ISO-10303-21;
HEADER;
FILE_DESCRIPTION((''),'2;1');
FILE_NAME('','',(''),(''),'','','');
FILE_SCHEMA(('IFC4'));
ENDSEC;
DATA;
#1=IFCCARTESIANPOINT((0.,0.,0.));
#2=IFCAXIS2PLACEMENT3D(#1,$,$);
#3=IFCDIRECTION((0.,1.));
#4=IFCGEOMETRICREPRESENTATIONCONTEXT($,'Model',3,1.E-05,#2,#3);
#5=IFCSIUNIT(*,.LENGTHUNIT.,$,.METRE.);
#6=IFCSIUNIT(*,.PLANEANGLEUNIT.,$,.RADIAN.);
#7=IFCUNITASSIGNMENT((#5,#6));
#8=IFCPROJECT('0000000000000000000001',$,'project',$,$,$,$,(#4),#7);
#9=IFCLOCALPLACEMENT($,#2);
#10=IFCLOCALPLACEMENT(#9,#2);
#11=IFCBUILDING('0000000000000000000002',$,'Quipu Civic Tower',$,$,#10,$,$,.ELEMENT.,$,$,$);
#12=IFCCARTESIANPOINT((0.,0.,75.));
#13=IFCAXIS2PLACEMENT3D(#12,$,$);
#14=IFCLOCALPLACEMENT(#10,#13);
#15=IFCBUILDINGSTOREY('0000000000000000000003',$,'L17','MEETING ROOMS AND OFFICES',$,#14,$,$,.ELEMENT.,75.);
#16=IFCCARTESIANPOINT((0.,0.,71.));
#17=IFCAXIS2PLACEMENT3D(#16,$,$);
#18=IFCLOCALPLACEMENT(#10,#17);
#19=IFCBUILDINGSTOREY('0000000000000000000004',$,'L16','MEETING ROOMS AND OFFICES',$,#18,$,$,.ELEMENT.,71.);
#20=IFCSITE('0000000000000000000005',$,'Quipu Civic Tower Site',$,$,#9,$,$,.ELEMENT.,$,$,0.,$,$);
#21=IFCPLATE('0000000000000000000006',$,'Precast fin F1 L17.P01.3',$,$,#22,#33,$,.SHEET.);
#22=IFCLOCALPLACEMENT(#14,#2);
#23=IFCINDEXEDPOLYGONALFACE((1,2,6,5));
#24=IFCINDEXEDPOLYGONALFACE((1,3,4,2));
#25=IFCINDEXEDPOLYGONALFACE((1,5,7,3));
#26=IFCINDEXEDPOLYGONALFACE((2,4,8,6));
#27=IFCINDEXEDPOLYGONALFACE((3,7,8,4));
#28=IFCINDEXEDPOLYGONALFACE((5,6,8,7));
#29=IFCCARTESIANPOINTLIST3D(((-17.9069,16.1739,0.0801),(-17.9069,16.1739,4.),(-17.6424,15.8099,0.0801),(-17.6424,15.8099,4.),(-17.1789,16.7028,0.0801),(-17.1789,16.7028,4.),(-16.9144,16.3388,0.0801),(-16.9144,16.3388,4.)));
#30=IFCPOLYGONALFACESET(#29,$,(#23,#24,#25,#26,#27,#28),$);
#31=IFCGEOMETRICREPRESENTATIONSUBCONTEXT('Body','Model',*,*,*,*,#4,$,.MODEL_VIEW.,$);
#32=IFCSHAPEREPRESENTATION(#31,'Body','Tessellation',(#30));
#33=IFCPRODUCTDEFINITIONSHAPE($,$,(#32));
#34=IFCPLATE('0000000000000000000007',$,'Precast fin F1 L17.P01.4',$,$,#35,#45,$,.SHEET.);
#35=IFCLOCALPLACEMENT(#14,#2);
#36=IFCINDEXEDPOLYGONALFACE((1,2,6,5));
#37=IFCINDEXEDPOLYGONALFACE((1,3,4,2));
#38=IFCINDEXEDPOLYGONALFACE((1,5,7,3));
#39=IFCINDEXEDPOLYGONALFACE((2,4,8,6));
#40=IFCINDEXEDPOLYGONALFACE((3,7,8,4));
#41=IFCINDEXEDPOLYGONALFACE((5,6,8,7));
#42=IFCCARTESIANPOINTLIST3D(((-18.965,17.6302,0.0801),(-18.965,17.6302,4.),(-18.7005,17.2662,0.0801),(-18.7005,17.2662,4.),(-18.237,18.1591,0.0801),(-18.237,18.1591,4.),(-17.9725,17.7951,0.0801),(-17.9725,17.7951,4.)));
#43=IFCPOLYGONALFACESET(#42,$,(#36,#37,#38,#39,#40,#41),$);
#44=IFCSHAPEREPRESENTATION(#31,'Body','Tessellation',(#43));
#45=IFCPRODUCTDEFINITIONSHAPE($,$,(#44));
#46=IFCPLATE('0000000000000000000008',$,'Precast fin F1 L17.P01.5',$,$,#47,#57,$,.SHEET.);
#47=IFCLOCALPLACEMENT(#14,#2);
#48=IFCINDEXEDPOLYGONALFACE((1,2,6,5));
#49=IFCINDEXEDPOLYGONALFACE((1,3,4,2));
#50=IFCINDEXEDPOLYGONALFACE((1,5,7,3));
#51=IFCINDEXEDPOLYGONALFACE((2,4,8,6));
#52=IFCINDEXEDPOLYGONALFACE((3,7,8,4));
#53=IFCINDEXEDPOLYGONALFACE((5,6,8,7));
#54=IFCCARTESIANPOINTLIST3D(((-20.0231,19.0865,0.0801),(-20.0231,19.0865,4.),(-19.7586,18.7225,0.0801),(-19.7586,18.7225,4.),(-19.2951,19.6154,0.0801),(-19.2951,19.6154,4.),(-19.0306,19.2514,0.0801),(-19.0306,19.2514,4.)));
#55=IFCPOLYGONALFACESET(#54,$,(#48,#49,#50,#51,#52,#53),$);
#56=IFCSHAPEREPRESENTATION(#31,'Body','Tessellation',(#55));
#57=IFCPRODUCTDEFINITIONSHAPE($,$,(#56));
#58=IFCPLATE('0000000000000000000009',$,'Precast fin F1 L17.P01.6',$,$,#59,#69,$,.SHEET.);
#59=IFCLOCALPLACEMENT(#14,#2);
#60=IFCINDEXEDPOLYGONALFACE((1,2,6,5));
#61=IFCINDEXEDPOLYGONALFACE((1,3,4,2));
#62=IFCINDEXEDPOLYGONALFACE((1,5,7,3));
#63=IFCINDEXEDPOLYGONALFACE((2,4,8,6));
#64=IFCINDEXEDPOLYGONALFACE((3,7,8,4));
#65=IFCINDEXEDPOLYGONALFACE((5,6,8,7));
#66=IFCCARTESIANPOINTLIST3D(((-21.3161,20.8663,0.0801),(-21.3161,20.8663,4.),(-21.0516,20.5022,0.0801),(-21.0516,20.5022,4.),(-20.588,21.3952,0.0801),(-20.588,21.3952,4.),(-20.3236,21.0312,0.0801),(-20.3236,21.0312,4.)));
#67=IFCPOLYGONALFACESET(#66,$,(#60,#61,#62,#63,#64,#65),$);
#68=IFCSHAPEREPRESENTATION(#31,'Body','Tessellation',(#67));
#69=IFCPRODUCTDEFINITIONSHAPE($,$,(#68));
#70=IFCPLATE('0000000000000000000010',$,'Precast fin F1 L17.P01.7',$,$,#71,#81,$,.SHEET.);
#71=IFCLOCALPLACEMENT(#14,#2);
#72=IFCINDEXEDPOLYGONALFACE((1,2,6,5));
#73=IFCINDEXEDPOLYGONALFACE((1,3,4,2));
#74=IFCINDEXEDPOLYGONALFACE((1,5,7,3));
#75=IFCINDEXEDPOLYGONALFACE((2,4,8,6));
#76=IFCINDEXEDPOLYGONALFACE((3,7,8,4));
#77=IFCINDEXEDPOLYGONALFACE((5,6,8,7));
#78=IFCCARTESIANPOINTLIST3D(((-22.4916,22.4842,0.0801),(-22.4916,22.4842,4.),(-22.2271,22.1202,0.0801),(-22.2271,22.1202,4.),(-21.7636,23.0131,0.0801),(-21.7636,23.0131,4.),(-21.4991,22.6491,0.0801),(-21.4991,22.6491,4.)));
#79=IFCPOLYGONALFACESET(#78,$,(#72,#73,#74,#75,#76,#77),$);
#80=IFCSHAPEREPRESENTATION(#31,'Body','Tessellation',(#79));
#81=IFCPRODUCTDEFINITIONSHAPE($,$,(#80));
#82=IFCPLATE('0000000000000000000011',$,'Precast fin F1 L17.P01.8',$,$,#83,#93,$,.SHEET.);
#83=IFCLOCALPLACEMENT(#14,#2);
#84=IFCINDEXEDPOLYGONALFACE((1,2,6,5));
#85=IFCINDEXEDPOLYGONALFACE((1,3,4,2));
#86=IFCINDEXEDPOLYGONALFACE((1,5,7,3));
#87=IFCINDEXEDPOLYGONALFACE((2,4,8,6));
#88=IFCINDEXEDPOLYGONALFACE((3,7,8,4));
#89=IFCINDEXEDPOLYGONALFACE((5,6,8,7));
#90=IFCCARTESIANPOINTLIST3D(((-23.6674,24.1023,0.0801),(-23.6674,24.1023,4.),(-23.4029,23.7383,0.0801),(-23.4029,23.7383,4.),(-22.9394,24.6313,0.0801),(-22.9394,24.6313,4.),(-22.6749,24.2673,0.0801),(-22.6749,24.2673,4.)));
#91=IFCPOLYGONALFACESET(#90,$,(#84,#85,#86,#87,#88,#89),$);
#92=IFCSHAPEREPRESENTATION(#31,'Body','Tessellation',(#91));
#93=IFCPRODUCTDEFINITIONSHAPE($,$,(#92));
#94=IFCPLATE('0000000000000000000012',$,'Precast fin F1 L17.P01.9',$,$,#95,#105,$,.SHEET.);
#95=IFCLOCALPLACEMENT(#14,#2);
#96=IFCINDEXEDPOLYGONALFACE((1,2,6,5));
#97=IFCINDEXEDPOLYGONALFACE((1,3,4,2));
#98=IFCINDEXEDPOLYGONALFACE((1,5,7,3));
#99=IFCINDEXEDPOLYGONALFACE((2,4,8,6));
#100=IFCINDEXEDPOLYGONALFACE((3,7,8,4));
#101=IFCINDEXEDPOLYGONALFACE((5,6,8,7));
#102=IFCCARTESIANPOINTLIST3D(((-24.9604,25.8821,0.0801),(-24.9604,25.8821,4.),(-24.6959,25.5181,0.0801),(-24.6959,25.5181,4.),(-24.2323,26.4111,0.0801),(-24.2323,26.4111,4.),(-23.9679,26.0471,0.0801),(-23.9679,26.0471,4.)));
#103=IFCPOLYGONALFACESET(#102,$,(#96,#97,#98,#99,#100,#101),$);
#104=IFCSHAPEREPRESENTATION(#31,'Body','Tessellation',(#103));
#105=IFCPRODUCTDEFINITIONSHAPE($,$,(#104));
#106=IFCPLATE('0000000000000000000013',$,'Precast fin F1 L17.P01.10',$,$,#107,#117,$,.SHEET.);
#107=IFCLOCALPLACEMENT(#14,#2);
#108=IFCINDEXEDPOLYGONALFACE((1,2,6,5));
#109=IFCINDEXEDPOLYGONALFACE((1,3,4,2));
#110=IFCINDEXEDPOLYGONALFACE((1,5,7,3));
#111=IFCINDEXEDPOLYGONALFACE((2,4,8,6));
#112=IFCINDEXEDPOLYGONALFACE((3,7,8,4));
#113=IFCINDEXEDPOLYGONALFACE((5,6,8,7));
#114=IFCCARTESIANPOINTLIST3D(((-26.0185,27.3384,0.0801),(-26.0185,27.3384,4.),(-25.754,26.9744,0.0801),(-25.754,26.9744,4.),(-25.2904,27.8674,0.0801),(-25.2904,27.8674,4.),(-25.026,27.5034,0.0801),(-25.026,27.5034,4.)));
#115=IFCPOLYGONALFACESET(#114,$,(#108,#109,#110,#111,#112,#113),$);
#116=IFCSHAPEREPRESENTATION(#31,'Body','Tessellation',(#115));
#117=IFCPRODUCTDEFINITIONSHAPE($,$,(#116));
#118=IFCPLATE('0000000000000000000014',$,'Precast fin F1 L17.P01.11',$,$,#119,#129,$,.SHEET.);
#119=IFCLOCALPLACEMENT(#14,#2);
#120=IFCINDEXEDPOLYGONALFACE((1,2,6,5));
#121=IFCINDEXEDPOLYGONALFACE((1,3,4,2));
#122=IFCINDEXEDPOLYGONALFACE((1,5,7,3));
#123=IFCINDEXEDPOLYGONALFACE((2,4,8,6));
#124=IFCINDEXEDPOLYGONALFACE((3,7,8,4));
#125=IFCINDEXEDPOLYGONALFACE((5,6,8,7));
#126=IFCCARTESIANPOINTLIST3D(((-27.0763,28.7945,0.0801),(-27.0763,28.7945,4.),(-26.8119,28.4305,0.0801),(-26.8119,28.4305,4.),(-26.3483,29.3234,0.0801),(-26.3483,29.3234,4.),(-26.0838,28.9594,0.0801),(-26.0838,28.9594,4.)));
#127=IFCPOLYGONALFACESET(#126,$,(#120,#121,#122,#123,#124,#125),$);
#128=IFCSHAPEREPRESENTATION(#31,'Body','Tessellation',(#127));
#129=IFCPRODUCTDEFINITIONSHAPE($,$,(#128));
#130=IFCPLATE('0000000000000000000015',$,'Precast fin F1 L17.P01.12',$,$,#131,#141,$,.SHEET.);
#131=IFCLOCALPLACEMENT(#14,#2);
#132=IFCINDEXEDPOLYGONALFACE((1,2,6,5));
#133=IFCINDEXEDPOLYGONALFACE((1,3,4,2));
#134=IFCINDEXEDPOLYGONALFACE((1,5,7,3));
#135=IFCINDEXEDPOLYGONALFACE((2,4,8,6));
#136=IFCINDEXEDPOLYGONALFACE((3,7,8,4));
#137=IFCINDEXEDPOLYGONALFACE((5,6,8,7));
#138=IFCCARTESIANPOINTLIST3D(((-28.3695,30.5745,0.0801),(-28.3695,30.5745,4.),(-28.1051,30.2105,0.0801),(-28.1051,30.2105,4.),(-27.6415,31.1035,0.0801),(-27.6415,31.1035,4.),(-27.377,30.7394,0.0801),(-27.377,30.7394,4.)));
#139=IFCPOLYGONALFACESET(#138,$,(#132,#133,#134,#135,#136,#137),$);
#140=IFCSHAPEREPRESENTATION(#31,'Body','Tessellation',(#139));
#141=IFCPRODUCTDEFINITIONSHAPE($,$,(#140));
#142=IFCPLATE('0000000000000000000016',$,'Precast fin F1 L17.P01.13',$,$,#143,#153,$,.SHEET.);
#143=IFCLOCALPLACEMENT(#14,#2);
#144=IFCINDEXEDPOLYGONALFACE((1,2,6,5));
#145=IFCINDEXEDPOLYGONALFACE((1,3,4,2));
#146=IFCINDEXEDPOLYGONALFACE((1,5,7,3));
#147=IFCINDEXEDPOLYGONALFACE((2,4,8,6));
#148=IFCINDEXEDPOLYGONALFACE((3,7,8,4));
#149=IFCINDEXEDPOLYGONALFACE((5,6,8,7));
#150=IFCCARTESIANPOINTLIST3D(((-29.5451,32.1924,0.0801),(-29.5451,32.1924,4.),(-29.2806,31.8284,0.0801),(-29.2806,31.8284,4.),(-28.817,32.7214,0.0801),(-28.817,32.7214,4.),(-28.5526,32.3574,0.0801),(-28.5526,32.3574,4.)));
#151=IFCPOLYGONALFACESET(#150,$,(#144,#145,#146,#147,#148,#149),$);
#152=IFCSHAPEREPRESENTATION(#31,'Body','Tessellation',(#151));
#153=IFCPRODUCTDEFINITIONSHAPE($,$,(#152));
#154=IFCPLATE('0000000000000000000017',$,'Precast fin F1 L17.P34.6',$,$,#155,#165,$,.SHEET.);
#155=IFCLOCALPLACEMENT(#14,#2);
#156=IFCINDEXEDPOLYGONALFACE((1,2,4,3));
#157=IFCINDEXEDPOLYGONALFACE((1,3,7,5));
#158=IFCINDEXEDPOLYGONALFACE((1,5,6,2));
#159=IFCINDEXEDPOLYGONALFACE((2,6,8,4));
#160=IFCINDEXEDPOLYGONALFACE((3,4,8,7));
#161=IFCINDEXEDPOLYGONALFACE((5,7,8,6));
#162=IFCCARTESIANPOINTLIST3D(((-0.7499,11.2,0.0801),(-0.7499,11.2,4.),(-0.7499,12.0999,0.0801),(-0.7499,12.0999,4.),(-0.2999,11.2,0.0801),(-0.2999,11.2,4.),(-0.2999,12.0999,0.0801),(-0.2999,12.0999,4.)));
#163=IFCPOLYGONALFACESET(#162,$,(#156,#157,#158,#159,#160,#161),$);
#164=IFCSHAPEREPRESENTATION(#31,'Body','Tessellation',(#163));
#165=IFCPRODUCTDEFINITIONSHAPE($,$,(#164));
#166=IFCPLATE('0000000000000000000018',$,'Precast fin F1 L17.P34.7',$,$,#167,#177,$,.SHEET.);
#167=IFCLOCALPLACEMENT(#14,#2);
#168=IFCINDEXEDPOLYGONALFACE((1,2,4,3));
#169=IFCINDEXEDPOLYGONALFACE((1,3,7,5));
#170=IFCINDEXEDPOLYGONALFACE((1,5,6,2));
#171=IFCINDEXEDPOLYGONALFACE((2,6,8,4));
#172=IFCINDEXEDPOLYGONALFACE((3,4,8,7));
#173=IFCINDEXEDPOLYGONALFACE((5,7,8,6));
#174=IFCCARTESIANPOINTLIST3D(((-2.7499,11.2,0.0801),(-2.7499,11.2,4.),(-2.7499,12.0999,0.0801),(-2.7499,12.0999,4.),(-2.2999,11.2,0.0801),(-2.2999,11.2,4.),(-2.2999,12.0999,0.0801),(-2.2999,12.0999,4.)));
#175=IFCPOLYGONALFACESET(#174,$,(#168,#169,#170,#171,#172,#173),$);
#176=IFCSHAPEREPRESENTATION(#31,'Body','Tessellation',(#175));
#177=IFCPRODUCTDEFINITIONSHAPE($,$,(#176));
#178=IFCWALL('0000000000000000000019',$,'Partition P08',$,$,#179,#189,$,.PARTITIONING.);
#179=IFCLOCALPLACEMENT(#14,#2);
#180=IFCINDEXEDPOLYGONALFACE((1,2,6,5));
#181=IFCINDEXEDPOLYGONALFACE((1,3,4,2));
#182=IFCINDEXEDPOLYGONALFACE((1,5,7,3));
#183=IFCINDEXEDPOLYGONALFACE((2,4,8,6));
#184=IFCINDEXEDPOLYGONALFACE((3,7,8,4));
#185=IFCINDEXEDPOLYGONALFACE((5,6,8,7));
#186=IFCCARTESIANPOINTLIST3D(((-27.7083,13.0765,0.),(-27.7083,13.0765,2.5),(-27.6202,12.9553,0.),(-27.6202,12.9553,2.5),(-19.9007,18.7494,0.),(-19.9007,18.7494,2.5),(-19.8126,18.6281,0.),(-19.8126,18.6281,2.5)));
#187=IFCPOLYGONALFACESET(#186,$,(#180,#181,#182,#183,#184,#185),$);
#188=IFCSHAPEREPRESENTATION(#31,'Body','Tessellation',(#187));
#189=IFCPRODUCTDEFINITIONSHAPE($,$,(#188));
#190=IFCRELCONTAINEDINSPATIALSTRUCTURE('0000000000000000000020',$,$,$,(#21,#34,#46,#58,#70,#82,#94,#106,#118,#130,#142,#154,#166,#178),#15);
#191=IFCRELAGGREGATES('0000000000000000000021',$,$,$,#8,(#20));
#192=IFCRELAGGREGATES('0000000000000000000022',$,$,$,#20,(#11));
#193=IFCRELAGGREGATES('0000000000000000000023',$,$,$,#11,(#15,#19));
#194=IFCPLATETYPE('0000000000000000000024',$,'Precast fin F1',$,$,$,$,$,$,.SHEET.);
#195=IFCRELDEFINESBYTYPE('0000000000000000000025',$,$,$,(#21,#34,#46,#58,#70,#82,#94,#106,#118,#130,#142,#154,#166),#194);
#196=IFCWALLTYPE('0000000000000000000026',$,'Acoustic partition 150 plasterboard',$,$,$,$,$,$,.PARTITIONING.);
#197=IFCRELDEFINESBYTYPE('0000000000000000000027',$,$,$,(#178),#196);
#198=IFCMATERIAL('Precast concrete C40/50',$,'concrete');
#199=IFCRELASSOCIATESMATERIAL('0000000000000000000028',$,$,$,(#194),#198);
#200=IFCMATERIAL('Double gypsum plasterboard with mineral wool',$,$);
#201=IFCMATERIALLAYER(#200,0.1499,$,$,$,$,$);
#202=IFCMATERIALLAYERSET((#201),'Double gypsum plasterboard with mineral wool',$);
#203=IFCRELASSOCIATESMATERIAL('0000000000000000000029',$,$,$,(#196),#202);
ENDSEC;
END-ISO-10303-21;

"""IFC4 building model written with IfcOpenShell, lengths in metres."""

from ifc_helpers import new_model, si_unit, direction, frame, frame_2d, origin, origin_2d, place, context, subcontext, project, spatial, rectangle, extrude, material, layer, layer_set, type_object, element, save


model = new_model("IFC4")

# Units and contexts
model_context = context("Model", 3, precision=1e-05, world=origin(), true_north=direction((0.0, 1.0)))
body_context = subcontext(model_context, "Body", "Model", "MODEL_VIEW")
ifc_project = project(units=[si_unit("LENGTHUNIT", "METRE"), si_unit("PLANEANGLEUNIT", "RADIAN")], contexts=[model_context])

# Site, building, storey
site_placement = place(None, origin())
site = spatial("IfcSite", under=ifc_project, at=site_placement, Name="Quipu Civic Tower Site", CompositionType="ELEMENT", RefElevation=0.0)
building_placement = place(site_placement, origin())
building = spatial("IfcBuilding", under=site, at=building_placement, Name="Quipu Civic Tower", CompositionType="ELEMENT")
storey_1_placement = place(building_placement, frame((0.0, 0.0, 75.0)))
storey_1 = spatial("IfcBuildingStorey", under=building, at=storey_1_placement, Name="L17", Description="MEETING ROOMS AND OFFICES", CompositionType="ELEMENT", Elevation=75.0)

# Shared definitions
storey_2_placement = place(building_placement, frame((0.0, 0.0, 71.0)))
storey_2 = spatial("IfcBuildingStorey", under=building, at=storey_2_placement, Name="L16", Description="MEETING ROOMS AND OFFICES", CompositionType="ELEMENT", Elevation=71.0)

# Plates
ifc_material_1 = material(Name="Precast concrete C40/50", Category="concrete")
plate_type_1 = type_object("IfcPlateType", Name="Precast fin F1", PredefinedType="SHEET", material=ifc_material_1)
for number, where, z_axis, x_axis, name in (
    (1, (-17.4106, 16.2563, 0.0801), (0.0, 0.0, 1.0), (-0.587785, 0.809017, 0.0), "Precast fin F1 L17.P01.3"),
    (2, (-18.4688, 17.7126, 0.0801), (0.0, 0.0, 1.0), (-0.587785, 0.809017, 0.0), "Precast fin F1 L17.P01.4"),
    (3, (-19.5269, 19.1689, 0.0801), (0.0, 0.0, 1.0), (-0.587785, 0.809017, 0.0), "Precast fin F1 L17.P01.5"),
    (4, (-20.8198, 20.9487, 0.0801), (0.0, 0.0, 1.0), (-0.587785, 0.809017, 0.0), "Precast fin F1 L17.P01.6"),
    (5, (-21.9954, 22.5667, 0.0801), (0.0, 0.0, 1.0), (-0.587785, 0.809017, 0.0), "Precast fin F1 L17.P01.7"),
    (6, (-23.1711, 24.1848, 0.0801), (0.0, 0.0, 1.0), (-0.587785, 0.809017, 0.0), "Precast fin F1 L17.P01.8"),
    (7, (-24.4641, 25.9646, 0.0801), (0.0, 0.0, 1.0), (-0.587785, 0.809017, 0.0), "Precast fin F1 L17.P01.9"),
    (8, (-25.5222, 27.4209, 0.0801), (0.0, 0.0, 1.0), (-0.587785, 0.809017, 0.0), "Precast fin F1 L17.P01.10"),
    (9, (-26.5801, 28.877, 0.0801), (0.0, 0.0, 1.0), (-0.587785, 0.809017, 0.0), "Precast fin F1 L17.P01.11"),
    (10, (-27.8733, 30.657, 0.0801), (0.0, 0.0, 1.0), (-0.587785, 0.809017, 0.0), "Precast fin F1 L17.P01.12"),
    (11, (-29.0488, 32.2749, 0.0801), (0.0, 0.0, 1.0), (-0.587785, 0.809017, 0.0), "Precast fin F1 L17.P01.13"),
    (12, (-0.5249, 11.6499, 0.0801), (0.0, 0.0, 1.0), (-1.0, 0.0, 0.0), "Precast fin F1 L17.P34.6"),
    (13, (-2.5249, 11.6499, 0.0801), (0.0, 0.0, 1.0), (-1.0, 0.0, 0.0), "Precast fin F1 L17.P34.7"),
):
    element("IfcPlate", number, at=place(storey_1_placement, frame(where, z_axis=z_axis, x_axis=x_axis)), inside=storey_1, type_object=plate_type_1, Name=name, PredefinedType="SHEET", context=body_context, shape_type="SweptSolid", body=[
        extrude(rectangle(XDim=0.45, YDim=0.8999, at=origin_2d()), origin(), (0.0, 0.0, 1.0), 3.9199),
    ])

# Wall
ifc_material_2 = material(Name="Double gypsum plasterboard with mineral wool")
ifc_layer_1 = layer(ifc_material_2, 0.1499)
ifc_layer_set_1 = layer_set([ifc_layer_1], Name="Double gypsum plasterboard with mineral wool")
wall_type = type_object("IfcWallType", Name="Acoustic partition 150 plasterboard", PredefinedType="PARTITIONING", material=ifc_layer_set_1)
wall_placement = place(storey_1_placement, frame((-19.8567, 18.6887, 0.0), z_axis=(0.0, 0.0, 1.0), x_axis=(-0.809003, -0.587805, 0.0)))
element("IfcWall", 14, at=wall_placement, inside=storey_1, type_object=wall_type, Name="Partition P08", PredefinedType="PARTITIONING", context=body_context, shape_type="SweptSolid", body=[
    extrude(rectangle(XDim=9.6509, YDim=0.1499, at=frame_2d((4.8254, 0.0))), origin(), (0.0, 0.0, 1.0), 2.5),
])

save(model, "model.ifc")
